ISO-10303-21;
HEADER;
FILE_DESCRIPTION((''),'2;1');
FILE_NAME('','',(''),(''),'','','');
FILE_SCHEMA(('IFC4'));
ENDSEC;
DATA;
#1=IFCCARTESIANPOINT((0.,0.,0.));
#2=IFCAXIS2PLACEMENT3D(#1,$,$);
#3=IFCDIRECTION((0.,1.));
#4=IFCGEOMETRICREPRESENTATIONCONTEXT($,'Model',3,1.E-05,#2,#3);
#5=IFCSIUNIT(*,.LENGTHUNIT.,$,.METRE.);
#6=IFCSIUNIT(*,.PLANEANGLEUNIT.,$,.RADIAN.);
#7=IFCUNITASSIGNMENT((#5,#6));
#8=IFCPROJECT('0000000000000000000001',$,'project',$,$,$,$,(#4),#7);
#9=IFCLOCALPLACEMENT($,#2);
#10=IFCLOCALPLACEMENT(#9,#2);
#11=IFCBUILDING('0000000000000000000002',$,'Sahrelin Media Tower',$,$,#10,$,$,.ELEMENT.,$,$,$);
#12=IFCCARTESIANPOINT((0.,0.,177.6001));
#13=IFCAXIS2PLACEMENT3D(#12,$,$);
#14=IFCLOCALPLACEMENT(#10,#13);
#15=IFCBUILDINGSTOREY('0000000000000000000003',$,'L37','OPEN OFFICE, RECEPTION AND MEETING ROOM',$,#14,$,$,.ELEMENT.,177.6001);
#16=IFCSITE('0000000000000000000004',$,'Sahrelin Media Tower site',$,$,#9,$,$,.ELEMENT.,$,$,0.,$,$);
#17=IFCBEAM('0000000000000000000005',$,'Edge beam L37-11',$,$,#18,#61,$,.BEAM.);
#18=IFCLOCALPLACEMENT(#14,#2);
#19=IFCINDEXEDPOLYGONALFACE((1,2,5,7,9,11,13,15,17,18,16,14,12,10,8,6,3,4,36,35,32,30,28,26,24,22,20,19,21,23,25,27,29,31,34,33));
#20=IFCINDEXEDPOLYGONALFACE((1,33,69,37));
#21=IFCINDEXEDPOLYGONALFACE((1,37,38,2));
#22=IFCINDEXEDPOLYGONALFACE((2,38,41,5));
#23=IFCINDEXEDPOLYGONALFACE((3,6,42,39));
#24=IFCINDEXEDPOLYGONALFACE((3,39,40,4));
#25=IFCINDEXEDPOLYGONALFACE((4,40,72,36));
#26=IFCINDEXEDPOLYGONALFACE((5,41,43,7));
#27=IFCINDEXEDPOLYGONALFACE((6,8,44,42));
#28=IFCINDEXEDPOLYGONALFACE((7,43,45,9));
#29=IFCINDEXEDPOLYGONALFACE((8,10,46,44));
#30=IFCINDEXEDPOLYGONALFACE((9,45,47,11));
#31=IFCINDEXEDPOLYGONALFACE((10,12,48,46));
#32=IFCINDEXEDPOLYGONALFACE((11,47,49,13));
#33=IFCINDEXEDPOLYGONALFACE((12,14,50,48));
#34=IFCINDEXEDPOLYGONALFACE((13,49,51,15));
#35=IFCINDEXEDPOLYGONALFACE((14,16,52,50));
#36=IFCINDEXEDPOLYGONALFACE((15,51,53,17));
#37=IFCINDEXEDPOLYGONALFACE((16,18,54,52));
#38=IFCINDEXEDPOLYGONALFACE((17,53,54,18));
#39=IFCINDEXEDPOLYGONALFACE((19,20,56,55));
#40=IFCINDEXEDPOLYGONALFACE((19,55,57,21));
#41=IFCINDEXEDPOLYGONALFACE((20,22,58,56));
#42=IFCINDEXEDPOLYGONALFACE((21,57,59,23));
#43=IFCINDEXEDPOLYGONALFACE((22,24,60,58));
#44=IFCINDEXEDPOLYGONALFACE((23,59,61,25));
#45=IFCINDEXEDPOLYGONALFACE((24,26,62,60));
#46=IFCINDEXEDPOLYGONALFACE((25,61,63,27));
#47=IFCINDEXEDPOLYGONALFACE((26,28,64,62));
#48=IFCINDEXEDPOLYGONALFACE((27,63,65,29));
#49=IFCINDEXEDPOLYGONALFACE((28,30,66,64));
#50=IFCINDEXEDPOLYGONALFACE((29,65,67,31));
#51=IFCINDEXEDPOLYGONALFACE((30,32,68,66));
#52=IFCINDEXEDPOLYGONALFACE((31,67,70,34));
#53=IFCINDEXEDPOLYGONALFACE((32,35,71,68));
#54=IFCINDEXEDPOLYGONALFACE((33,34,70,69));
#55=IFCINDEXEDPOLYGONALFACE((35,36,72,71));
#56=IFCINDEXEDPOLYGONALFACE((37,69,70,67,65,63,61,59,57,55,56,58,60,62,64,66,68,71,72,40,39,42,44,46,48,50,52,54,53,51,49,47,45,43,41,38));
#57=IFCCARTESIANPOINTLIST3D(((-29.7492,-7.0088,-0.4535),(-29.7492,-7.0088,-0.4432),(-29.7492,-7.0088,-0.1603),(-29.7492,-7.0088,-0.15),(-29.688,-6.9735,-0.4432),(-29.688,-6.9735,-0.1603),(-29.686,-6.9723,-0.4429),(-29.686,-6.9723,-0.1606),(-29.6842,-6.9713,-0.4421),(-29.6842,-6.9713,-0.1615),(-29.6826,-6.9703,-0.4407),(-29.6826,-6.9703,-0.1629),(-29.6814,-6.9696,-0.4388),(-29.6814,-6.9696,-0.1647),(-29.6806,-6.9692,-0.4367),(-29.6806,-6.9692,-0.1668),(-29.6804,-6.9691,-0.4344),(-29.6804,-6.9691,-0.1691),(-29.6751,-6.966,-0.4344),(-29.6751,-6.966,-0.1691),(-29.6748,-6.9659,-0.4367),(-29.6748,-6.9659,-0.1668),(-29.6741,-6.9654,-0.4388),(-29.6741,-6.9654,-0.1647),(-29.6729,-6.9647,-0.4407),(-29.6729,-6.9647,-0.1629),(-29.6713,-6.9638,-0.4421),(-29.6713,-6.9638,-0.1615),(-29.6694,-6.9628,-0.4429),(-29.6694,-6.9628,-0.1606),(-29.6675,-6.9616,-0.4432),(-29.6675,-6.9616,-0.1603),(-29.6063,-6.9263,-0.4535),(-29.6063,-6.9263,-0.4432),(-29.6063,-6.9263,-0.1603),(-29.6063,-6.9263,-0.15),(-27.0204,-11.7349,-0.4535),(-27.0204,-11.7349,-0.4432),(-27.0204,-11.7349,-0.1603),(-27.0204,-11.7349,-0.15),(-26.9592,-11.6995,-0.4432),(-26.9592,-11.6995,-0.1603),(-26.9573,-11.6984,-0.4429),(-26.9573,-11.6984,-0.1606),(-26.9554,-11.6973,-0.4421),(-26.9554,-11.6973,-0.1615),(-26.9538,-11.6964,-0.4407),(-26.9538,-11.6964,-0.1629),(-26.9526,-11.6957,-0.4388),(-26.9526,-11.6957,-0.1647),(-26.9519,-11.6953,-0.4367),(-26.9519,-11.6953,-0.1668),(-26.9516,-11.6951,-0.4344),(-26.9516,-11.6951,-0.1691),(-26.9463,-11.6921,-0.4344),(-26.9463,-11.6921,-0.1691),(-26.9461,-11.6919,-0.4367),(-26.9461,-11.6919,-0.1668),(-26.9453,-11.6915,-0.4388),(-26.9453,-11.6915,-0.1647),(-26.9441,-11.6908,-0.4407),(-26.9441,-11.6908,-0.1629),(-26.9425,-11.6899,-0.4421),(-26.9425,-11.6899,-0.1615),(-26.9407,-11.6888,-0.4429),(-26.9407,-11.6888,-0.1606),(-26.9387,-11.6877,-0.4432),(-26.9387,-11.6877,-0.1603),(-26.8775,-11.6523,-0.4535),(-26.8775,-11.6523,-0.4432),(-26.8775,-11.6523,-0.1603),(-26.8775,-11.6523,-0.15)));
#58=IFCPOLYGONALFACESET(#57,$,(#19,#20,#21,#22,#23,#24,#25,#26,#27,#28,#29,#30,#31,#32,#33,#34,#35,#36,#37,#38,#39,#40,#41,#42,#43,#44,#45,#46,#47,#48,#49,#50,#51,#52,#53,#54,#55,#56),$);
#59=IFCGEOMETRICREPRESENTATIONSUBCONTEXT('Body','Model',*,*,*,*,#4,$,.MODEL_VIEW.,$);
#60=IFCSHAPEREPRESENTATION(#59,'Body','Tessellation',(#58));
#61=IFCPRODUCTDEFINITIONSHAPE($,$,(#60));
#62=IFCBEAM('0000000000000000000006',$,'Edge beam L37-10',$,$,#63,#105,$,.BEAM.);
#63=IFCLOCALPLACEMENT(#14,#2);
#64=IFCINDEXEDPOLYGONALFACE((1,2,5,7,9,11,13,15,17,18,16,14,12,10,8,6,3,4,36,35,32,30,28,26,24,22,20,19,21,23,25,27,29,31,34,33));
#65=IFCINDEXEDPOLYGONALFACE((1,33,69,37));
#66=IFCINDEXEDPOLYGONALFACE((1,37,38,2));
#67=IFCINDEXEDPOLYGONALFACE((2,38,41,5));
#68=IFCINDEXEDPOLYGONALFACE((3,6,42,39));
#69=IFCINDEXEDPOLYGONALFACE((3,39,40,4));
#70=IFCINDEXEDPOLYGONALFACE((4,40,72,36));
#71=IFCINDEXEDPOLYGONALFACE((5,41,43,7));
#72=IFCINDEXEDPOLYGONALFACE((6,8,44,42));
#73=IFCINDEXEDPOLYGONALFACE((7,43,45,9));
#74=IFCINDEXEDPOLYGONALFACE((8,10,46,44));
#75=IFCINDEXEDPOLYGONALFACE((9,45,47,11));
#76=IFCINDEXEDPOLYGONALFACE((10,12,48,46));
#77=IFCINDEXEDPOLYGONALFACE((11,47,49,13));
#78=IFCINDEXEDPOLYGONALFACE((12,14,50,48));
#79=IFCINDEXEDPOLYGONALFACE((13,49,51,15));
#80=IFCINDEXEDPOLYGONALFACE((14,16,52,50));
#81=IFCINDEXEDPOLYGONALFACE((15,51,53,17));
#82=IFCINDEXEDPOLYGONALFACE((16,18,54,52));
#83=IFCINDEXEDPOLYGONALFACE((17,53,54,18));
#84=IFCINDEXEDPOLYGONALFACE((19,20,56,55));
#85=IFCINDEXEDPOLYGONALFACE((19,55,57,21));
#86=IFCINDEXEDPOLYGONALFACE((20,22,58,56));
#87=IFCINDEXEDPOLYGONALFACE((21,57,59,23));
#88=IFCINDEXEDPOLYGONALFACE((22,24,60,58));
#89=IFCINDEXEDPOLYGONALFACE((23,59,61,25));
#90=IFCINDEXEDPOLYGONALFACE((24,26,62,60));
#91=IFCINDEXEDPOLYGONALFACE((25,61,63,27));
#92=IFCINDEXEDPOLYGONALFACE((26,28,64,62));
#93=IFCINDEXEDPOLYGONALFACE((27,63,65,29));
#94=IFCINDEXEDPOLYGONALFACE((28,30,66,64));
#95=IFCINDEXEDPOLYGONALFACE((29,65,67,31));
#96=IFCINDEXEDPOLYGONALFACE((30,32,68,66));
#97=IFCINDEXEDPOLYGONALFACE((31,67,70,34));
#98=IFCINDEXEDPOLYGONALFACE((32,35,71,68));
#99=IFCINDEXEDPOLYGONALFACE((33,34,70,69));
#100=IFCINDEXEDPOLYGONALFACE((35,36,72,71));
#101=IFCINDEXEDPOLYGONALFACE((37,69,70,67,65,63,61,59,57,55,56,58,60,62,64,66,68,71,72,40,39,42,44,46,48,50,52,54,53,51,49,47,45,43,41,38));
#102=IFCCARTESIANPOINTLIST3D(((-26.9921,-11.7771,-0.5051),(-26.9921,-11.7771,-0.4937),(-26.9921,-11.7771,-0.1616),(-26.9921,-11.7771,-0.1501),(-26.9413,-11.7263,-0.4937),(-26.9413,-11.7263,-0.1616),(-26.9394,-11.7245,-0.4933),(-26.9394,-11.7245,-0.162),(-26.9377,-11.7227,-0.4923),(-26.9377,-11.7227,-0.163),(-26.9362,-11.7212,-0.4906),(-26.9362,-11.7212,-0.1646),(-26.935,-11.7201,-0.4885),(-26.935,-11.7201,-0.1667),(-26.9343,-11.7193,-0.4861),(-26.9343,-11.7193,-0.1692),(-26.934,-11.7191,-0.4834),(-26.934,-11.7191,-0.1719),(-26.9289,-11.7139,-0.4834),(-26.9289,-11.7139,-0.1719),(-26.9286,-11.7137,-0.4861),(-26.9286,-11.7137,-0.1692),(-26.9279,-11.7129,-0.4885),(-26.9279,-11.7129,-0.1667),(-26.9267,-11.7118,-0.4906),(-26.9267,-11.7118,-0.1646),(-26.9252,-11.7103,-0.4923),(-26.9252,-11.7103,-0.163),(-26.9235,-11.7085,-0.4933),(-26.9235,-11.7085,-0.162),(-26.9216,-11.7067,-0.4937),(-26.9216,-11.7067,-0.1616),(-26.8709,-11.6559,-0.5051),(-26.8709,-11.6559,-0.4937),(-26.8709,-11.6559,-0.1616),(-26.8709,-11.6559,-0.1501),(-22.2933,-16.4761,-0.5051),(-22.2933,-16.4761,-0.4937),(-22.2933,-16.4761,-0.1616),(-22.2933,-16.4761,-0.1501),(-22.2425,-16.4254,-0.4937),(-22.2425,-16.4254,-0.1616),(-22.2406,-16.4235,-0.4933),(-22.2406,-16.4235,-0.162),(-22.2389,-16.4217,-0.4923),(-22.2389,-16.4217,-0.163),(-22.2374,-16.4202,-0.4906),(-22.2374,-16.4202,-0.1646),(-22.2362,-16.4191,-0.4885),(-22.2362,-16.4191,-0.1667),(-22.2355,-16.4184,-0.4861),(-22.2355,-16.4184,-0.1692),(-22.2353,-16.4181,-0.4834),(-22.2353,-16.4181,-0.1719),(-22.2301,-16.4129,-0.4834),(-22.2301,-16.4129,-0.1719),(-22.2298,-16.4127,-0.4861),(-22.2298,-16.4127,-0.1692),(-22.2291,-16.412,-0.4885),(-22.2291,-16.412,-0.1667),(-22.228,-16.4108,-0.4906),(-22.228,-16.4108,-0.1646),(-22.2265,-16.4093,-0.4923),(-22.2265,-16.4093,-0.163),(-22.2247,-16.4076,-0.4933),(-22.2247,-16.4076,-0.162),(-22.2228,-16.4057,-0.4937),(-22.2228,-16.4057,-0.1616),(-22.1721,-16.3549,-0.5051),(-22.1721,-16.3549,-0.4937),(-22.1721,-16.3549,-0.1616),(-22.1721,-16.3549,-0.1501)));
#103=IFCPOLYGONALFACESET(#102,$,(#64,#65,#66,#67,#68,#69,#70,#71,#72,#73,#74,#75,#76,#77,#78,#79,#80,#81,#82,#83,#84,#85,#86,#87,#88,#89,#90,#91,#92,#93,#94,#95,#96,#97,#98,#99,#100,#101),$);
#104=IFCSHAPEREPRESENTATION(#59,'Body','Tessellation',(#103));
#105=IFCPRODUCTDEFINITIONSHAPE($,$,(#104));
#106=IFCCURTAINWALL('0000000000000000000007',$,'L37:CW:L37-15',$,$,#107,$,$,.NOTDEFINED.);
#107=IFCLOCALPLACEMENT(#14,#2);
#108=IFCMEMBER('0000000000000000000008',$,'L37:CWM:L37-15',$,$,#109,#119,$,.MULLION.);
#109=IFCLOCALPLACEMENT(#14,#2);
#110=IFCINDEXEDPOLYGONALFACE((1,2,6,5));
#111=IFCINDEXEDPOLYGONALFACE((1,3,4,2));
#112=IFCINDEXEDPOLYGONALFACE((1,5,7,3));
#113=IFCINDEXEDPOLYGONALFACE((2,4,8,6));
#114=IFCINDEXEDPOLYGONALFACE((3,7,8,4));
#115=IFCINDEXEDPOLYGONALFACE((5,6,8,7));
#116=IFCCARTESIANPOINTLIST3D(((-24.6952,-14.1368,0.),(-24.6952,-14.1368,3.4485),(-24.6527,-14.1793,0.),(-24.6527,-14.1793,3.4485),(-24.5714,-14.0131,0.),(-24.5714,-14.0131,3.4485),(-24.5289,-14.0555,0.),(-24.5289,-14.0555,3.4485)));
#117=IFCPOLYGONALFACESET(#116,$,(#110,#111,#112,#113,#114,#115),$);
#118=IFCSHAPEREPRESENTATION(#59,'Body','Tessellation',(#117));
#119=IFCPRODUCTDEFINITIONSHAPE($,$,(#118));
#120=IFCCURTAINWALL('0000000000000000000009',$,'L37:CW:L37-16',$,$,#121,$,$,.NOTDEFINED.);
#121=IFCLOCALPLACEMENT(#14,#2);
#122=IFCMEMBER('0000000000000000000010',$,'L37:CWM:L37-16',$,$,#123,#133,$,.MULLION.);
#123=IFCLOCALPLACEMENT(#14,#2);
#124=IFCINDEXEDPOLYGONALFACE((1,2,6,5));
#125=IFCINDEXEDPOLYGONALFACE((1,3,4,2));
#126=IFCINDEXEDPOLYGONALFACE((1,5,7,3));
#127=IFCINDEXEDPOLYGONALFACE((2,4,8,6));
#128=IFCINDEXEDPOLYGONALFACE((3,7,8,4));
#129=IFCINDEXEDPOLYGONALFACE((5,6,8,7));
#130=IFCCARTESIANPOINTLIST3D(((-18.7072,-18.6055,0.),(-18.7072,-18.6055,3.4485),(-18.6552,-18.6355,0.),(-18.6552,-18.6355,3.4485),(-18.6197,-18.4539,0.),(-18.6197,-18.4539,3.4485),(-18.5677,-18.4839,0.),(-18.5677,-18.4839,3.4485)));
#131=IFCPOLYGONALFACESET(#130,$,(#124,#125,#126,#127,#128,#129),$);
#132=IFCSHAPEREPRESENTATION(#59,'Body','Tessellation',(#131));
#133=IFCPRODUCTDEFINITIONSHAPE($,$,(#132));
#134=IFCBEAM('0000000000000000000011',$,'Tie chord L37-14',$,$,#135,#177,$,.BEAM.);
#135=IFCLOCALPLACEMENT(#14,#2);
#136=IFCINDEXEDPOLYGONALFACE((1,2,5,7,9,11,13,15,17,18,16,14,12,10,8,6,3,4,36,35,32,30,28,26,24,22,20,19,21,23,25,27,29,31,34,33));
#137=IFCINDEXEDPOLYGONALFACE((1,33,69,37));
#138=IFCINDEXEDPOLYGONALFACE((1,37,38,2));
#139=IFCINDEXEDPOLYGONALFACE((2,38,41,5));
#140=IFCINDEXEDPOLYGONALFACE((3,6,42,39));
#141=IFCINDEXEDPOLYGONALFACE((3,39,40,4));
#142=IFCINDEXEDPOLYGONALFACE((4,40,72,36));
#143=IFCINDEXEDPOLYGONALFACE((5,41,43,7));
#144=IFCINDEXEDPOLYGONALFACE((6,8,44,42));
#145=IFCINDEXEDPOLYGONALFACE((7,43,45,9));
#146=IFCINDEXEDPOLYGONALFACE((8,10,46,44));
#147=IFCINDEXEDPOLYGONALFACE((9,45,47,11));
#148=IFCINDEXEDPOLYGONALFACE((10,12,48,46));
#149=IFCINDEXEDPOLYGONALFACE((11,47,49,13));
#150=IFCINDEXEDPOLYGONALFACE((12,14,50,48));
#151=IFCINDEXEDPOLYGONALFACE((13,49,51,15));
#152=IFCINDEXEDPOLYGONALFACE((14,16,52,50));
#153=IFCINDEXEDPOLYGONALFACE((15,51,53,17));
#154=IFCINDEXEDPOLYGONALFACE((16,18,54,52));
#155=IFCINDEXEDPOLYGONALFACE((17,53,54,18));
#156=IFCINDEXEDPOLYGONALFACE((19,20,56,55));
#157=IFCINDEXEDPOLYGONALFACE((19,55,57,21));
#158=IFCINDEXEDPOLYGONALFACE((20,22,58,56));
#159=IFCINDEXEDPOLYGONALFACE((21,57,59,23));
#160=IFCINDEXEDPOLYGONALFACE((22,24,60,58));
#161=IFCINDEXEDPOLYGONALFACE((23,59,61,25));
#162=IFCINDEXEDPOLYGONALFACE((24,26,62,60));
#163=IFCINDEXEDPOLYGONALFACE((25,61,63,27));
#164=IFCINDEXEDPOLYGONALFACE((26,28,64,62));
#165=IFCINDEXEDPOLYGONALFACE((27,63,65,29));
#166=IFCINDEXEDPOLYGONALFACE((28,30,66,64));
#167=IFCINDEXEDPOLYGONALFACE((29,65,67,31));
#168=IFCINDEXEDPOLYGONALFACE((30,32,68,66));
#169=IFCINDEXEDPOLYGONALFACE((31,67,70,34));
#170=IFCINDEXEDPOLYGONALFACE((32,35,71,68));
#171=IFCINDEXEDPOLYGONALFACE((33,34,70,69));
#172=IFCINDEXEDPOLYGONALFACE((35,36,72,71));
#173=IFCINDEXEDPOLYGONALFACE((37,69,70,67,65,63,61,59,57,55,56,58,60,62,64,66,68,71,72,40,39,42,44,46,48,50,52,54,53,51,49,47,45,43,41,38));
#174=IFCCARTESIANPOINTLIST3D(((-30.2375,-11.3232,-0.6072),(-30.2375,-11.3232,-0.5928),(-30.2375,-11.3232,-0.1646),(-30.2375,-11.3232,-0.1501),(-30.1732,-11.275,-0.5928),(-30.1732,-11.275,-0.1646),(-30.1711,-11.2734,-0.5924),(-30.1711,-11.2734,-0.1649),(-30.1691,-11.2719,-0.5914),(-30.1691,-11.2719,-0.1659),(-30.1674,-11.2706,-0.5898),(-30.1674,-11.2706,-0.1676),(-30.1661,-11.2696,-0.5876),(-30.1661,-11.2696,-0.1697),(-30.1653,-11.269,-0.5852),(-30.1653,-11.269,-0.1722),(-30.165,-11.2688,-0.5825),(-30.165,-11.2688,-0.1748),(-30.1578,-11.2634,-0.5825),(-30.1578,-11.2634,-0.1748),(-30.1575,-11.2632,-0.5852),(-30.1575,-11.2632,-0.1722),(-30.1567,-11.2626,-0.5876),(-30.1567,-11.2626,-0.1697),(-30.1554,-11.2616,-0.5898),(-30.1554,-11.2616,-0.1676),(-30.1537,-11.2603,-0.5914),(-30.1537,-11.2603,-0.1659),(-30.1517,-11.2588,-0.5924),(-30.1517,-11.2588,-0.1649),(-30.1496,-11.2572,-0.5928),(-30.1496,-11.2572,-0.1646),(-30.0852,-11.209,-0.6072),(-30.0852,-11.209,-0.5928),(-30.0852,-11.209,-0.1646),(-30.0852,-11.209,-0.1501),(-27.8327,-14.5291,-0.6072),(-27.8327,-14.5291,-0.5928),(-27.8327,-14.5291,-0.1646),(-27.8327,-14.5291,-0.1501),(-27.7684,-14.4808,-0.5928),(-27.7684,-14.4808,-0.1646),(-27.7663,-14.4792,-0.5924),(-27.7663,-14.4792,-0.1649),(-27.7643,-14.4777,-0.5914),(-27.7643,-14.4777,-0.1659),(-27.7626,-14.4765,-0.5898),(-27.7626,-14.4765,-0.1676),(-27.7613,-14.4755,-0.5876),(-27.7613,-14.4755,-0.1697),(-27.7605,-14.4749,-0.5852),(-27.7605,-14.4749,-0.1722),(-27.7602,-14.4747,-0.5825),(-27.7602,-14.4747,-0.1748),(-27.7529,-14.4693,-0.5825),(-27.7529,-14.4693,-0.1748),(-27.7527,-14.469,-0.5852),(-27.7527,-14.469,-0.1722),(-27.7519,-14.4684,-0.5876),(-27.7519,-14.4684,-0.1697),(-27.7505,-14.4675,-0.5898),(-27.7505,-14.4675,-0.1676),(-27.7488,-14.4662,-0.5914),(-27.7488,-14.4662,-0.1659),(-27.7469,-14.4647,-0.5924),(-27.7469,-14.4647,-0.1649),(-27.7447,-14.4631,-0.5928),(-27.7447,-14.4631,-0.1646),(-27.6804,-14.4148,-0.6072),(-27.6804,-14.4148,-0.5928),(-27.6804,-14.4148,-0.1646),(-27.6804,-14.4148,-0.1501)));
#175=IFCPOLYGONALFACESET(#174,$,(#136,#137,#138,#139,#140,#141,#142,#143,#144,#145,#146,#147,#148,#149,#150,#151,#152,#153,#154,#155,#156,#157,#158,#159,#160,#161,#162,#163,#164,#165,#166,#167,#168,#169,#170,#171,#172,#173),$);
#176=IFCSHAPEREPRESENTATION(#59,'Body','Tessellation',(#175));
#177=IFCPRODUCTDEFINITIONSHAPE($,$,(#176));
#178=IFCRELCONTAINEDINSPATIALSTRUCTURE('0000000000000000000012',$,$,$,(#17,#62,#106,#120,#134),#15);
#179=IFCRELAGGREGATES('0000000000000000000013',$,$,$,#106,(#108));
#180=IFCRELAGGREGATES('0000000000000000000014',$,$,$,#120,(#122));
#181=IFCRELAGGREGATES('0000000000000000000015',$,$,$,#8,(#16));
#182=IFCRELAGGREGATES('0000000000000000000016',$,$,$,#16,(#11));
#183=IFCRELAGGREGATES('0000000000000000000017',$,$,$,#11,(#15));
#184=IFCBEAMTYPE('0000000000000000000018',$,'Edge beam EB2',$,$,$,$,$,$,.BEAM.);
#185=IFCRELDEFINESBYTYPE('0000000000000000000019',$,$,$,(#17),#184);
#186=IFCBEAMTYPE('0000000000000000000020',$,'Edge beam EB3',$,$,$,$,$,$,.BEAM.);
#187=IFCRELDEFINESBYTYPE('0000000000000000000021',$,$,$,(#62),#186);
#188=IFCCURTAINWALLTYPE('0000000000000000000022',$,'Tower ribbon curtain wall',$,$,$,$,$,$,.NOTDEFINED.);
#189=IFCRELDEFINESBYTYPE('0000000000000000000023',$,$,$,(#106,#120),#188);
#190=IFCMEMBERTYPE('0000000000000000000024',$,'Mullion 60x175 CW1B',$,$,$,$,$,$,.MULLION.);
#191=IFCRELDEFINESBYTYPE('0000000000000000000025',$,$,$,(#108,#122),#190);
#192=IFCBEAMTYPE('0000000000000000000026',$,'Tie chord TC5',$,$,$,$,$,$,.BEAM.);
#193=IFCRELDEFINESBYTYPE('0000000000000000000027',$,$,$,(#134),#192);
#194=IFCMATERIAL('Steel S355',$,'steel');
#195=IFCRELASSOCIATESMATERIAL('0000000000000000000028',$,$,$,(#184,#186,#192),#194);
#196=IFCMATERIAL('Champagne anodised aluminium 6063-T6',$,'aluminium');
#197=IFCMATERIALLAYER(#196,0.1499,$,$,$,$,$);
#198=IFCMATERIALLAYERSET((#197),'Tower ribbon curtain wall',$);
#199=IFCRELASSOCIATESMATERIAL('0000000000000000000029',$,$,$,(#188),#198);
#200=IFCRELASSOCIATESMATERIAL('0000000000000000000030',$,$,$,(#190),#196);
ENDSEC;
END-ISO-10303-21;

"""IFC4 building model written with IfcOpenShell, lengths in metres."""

from ifc_helpers import new_model, si_unit, direction, frame, origin, origin_2d, place, context, subcontext, project, spatial, rectangle, i_section, extrude, material, layer, layer_set, material_profile, profile_set, type_object, element, aggregate, save


model = new_model("IFC4")

# Units and contexts
model_context = context("Model", 3, precision=1e-05, world=origin(), true_north=direction((0.0, 1.0)))
body_context = subcontext(model_context, "Body", "Model", "MODEL_VIEW")
ifc_project = project(units=[si_unit("LENGTHUNIT", "METRE"), si_unit("PLANEANGLEUNIT", "RADIAN")], contexts=[model_context])

# Site, building, storey
site_placement = place(None, origin())
site = spatial("IfcSite", under=ifc_project, at=site_placement, Name="Sahrelin Media Tower site", CompositionType="ELEMENT", RefElevation=0.0)
building_placement = place(site_placement, origin())
building = spatial("IfcBuilding", under=site, at=building_placement, Name="Sahrelin Media Tower", CompositionType="ELEMENT")
storey_placement = place(building_placement, frame((0.0, 0.0, 177.6001)))
storey = spatial("IfcBuildingStorey", under=building, at=storey_placement, Name="L37", Description="OPEN OFFICE, RECEPTION AND MEETING ROOM", CompositionType="ELEMENT", Elevation=177.6001)

# Beams
ifc_material_1 = material(Name="Steel S355", Category="steel")
ifc_material_profile_1 = material_profile(ifc_material_1, i_section(OverallWidth=0.165, OverallDepth=0.3035, WebThickness=0.0061, FlangeThickness=0.0103, FilletRadius=0.0088, at=origin_2d()), Name="UB 305x165x40")
ifc_profile_set_1 = profile_set([ifc_material_profile_1], Name="Steel S355")
beam_type_1 = type_object("IfcBeamType", Name="Edge beam EB2", PredefinedType="BEAM", material=ifc_profile_set_1)
beam_1_placement = place(storey_placement, frame((-26.949, -11.6936, -0.3018), z_axis=(-0.500022, 0.866013, 0.0), x_axis=(-0.866013, -0.500022, 0.0)))
element("IfcBeam", 1, at=beam_1_placement, inside=storey, type_object=beam_type_1, Name="Edge beam L37-11", PredefinedType="BEAM", context=body_context, shape_type="SweptSolid", body=[
    extrude(i_section(OverallWidth=0.165, OverallDepth=0.3035, WebThickness=0.0061, FlangeThickness=0.0103, FilletRadius=0.0088, at=origin_2d()), origin(), (0.0, 0.0, 1.0), 5.4573),
])
ifc_material_profile_2 = material_profile(ifc_material_1, i_section(OverallWidth=0.1714, OverallDepth=0.355, WebThickness=0.0073, FlangeThickness=0.0115, FilletRadius=0.0103, at=origin_2d()), Name="UB 356x171x51")
ifc_profile_set_2 = profile_set([ifc_material_profile_2], Name="Steel S355")
beam_type_2 = type_object("IfcBeamType", Name="Edge beam EB3", PredefinedType="BEAM", material=ifc_profile_set_2)
beam_2_placement = place(storey_placement, frame((-22.2327, -16.4155, -0.3276), z_axis=(-0.707088, 0.707125, 0.0), x_axis=(-0.707125, -0.707088, 0.0)))
element("IfcBeam", 2, at=beam_2_placement, inside=storey, type_object=beam_type_2, Name="Edge beam L37-10", PredefinedType="BEAM", context=body_context, shape_type="SweptSolid", body=[
    extrude(i_section(OverallWidth=0.1714, OverallDepth=0.355, WebThickness=0.0073, FlangeThickness=0.0115, FilletRadius=0.0103, at=origin_2d()), origin(), (0.0, 0.0, 1.0), 6.6453),
])

# Curtain walls, members
ifc_material_2 = material(Name="Champagne anodised aluminium 6063-T6", Category="aluminium")
ifc_layer_1 = layer(ifc_material_2, 0.1499)
ifc_layer_set_1 = layer_set([ifc_layer_1], Name="Tower ribbon curtain wall")
curtain_wall_type = type_object("IfcCurtainWallType", Name="Tower ribbon curtain wall", PredefinedType="NOTDEFINED", material=ifc_layer_set_1)
curtain_wall_1_placement = place(storey_placement, frame((-24.6882, -14.1721, 0.0), z_axis=(0.0, 0.0, 1.0), x_axis=(1.0, 0.0, 0.0)))
curtain_wall_1 = element("IfcCurtainWall", 3, at=curtain_wall_1_placement, inside=storey, type_object=curtain_wall_type, Name="L37:CW:L37-15", PredefinedType="NOTDEFINED")
ifc_material_profile_3 = material_profile(ifc_material_2, rectangle(XDim=0.0601, YDim=0.175, at=origin_2d()), Name="Mullion 60x175")
ifc_profile_set_3 = profile_set([ifc_material_profile_3], Name="Champagne anodised aluminium 6063-T6")
member_type_1 = type_object("IfcMemberType", Name="Mullion 60x175 CW1B", PredefinedType="MULLION", material=ifc_profile_set_3)
member_1_placement = place(storey_placement, frame((-24.6121, -14.0962, 0.0), z_axis=(0.0, 0.0, 1.0), x_axis=(0.707099, -0.707114, 0.0)))
member_1 = element("IfcMember", 4, at=member_1_placement, type_object=member_type_1, Name="L37:CWM:L37-15", PredefinedType="MULLION", context=body_context, shape_type="SweptSolid", body=[
    extrude(rectangle(XDim=0.0601, YDim=0.175, at=origin_2d()), origin(), (0.0, 0.0, 1.0), 3.4485),
])
curtain_wall_2_placement = place(storey_placement, frame((-18.6912, -18.6377, 0.0), z_axis=(0.0, 0.0, 1.0), x_axis=(1.0, 0.0, 0.0)))
curtain_wall_2 = element("IfcCurtainWall", 5, at=curtain_wall_2_placement, inside=storey, type_object=curtain_wall_type, Name="L37:CW:L37-16", PredefinedType="NOTDEFINED")
member_2_placement = place(storey_placement, frame((-18.6375, -18.5447, 0.0), z_axis=(0.0, 0.0, 1.0), x_axis=(0.866027, -0.499997, 0.0)))
member_2 = element("IfcMember", 6, at=member_2_placement, type_object=member_type_1, Name="L37:CWM:L37-16", PredefinedType="MULLION", context=body_context, shape_type="SweptSolid", body=[
    extrude(rectangle(XDim=0.0601, YDim=0.175, at=origin_2d()), origin(), (0.0, 0.0, 1.0), 3.4485),
])

# Beam
ifc_material_profile_4 = material_profile(ifc_material_1, i_section(OverallWidth=0.1904, OverallDepth=0.457, WebThickness=0.009, FlangeThickness=0.0144, FilletRadius=0.0103, at=origin_2d()), Name="UB 457x191x74")
ifc_profile_set_4 = profile_set([ifc_material_profile_4], Name="Steel S355")
beam_type_3 = type_object("IfcBeamType", Name="Tie chord TC5", PredefinedType="BEAM", material=ifc_profile_set_4)
beam_3_placement = place(storey_placement, frame((-30.1614, -11.2661, -0.3787), z_axis=(0.600068, -0.799949, 0.0), x_axis=(0.799949, 0.600068, 0.0)))
element("IfcBeam", 7, at=beam_3_placement, inside=storey, type_object=beam_type_3, Name="Tie chord L37-14", PredefinedType="BEAM", context=body_context, shape_type="SweptSolid", body=[
    extrude(i_section(OverallWidth=0.1904, OverallDepth=0.457, WebThickness=0.009, FlangeThickness=0.0144, FilletRadius=0.0103, at=origin_2d()), origin(), (0.0, 0.0, 1.0), 4.0076),
])

aggregate(curtain_wall_1, [member_1])
aggregate(curtain_wall_2, [member_2])

save(model, "model.ifc")
